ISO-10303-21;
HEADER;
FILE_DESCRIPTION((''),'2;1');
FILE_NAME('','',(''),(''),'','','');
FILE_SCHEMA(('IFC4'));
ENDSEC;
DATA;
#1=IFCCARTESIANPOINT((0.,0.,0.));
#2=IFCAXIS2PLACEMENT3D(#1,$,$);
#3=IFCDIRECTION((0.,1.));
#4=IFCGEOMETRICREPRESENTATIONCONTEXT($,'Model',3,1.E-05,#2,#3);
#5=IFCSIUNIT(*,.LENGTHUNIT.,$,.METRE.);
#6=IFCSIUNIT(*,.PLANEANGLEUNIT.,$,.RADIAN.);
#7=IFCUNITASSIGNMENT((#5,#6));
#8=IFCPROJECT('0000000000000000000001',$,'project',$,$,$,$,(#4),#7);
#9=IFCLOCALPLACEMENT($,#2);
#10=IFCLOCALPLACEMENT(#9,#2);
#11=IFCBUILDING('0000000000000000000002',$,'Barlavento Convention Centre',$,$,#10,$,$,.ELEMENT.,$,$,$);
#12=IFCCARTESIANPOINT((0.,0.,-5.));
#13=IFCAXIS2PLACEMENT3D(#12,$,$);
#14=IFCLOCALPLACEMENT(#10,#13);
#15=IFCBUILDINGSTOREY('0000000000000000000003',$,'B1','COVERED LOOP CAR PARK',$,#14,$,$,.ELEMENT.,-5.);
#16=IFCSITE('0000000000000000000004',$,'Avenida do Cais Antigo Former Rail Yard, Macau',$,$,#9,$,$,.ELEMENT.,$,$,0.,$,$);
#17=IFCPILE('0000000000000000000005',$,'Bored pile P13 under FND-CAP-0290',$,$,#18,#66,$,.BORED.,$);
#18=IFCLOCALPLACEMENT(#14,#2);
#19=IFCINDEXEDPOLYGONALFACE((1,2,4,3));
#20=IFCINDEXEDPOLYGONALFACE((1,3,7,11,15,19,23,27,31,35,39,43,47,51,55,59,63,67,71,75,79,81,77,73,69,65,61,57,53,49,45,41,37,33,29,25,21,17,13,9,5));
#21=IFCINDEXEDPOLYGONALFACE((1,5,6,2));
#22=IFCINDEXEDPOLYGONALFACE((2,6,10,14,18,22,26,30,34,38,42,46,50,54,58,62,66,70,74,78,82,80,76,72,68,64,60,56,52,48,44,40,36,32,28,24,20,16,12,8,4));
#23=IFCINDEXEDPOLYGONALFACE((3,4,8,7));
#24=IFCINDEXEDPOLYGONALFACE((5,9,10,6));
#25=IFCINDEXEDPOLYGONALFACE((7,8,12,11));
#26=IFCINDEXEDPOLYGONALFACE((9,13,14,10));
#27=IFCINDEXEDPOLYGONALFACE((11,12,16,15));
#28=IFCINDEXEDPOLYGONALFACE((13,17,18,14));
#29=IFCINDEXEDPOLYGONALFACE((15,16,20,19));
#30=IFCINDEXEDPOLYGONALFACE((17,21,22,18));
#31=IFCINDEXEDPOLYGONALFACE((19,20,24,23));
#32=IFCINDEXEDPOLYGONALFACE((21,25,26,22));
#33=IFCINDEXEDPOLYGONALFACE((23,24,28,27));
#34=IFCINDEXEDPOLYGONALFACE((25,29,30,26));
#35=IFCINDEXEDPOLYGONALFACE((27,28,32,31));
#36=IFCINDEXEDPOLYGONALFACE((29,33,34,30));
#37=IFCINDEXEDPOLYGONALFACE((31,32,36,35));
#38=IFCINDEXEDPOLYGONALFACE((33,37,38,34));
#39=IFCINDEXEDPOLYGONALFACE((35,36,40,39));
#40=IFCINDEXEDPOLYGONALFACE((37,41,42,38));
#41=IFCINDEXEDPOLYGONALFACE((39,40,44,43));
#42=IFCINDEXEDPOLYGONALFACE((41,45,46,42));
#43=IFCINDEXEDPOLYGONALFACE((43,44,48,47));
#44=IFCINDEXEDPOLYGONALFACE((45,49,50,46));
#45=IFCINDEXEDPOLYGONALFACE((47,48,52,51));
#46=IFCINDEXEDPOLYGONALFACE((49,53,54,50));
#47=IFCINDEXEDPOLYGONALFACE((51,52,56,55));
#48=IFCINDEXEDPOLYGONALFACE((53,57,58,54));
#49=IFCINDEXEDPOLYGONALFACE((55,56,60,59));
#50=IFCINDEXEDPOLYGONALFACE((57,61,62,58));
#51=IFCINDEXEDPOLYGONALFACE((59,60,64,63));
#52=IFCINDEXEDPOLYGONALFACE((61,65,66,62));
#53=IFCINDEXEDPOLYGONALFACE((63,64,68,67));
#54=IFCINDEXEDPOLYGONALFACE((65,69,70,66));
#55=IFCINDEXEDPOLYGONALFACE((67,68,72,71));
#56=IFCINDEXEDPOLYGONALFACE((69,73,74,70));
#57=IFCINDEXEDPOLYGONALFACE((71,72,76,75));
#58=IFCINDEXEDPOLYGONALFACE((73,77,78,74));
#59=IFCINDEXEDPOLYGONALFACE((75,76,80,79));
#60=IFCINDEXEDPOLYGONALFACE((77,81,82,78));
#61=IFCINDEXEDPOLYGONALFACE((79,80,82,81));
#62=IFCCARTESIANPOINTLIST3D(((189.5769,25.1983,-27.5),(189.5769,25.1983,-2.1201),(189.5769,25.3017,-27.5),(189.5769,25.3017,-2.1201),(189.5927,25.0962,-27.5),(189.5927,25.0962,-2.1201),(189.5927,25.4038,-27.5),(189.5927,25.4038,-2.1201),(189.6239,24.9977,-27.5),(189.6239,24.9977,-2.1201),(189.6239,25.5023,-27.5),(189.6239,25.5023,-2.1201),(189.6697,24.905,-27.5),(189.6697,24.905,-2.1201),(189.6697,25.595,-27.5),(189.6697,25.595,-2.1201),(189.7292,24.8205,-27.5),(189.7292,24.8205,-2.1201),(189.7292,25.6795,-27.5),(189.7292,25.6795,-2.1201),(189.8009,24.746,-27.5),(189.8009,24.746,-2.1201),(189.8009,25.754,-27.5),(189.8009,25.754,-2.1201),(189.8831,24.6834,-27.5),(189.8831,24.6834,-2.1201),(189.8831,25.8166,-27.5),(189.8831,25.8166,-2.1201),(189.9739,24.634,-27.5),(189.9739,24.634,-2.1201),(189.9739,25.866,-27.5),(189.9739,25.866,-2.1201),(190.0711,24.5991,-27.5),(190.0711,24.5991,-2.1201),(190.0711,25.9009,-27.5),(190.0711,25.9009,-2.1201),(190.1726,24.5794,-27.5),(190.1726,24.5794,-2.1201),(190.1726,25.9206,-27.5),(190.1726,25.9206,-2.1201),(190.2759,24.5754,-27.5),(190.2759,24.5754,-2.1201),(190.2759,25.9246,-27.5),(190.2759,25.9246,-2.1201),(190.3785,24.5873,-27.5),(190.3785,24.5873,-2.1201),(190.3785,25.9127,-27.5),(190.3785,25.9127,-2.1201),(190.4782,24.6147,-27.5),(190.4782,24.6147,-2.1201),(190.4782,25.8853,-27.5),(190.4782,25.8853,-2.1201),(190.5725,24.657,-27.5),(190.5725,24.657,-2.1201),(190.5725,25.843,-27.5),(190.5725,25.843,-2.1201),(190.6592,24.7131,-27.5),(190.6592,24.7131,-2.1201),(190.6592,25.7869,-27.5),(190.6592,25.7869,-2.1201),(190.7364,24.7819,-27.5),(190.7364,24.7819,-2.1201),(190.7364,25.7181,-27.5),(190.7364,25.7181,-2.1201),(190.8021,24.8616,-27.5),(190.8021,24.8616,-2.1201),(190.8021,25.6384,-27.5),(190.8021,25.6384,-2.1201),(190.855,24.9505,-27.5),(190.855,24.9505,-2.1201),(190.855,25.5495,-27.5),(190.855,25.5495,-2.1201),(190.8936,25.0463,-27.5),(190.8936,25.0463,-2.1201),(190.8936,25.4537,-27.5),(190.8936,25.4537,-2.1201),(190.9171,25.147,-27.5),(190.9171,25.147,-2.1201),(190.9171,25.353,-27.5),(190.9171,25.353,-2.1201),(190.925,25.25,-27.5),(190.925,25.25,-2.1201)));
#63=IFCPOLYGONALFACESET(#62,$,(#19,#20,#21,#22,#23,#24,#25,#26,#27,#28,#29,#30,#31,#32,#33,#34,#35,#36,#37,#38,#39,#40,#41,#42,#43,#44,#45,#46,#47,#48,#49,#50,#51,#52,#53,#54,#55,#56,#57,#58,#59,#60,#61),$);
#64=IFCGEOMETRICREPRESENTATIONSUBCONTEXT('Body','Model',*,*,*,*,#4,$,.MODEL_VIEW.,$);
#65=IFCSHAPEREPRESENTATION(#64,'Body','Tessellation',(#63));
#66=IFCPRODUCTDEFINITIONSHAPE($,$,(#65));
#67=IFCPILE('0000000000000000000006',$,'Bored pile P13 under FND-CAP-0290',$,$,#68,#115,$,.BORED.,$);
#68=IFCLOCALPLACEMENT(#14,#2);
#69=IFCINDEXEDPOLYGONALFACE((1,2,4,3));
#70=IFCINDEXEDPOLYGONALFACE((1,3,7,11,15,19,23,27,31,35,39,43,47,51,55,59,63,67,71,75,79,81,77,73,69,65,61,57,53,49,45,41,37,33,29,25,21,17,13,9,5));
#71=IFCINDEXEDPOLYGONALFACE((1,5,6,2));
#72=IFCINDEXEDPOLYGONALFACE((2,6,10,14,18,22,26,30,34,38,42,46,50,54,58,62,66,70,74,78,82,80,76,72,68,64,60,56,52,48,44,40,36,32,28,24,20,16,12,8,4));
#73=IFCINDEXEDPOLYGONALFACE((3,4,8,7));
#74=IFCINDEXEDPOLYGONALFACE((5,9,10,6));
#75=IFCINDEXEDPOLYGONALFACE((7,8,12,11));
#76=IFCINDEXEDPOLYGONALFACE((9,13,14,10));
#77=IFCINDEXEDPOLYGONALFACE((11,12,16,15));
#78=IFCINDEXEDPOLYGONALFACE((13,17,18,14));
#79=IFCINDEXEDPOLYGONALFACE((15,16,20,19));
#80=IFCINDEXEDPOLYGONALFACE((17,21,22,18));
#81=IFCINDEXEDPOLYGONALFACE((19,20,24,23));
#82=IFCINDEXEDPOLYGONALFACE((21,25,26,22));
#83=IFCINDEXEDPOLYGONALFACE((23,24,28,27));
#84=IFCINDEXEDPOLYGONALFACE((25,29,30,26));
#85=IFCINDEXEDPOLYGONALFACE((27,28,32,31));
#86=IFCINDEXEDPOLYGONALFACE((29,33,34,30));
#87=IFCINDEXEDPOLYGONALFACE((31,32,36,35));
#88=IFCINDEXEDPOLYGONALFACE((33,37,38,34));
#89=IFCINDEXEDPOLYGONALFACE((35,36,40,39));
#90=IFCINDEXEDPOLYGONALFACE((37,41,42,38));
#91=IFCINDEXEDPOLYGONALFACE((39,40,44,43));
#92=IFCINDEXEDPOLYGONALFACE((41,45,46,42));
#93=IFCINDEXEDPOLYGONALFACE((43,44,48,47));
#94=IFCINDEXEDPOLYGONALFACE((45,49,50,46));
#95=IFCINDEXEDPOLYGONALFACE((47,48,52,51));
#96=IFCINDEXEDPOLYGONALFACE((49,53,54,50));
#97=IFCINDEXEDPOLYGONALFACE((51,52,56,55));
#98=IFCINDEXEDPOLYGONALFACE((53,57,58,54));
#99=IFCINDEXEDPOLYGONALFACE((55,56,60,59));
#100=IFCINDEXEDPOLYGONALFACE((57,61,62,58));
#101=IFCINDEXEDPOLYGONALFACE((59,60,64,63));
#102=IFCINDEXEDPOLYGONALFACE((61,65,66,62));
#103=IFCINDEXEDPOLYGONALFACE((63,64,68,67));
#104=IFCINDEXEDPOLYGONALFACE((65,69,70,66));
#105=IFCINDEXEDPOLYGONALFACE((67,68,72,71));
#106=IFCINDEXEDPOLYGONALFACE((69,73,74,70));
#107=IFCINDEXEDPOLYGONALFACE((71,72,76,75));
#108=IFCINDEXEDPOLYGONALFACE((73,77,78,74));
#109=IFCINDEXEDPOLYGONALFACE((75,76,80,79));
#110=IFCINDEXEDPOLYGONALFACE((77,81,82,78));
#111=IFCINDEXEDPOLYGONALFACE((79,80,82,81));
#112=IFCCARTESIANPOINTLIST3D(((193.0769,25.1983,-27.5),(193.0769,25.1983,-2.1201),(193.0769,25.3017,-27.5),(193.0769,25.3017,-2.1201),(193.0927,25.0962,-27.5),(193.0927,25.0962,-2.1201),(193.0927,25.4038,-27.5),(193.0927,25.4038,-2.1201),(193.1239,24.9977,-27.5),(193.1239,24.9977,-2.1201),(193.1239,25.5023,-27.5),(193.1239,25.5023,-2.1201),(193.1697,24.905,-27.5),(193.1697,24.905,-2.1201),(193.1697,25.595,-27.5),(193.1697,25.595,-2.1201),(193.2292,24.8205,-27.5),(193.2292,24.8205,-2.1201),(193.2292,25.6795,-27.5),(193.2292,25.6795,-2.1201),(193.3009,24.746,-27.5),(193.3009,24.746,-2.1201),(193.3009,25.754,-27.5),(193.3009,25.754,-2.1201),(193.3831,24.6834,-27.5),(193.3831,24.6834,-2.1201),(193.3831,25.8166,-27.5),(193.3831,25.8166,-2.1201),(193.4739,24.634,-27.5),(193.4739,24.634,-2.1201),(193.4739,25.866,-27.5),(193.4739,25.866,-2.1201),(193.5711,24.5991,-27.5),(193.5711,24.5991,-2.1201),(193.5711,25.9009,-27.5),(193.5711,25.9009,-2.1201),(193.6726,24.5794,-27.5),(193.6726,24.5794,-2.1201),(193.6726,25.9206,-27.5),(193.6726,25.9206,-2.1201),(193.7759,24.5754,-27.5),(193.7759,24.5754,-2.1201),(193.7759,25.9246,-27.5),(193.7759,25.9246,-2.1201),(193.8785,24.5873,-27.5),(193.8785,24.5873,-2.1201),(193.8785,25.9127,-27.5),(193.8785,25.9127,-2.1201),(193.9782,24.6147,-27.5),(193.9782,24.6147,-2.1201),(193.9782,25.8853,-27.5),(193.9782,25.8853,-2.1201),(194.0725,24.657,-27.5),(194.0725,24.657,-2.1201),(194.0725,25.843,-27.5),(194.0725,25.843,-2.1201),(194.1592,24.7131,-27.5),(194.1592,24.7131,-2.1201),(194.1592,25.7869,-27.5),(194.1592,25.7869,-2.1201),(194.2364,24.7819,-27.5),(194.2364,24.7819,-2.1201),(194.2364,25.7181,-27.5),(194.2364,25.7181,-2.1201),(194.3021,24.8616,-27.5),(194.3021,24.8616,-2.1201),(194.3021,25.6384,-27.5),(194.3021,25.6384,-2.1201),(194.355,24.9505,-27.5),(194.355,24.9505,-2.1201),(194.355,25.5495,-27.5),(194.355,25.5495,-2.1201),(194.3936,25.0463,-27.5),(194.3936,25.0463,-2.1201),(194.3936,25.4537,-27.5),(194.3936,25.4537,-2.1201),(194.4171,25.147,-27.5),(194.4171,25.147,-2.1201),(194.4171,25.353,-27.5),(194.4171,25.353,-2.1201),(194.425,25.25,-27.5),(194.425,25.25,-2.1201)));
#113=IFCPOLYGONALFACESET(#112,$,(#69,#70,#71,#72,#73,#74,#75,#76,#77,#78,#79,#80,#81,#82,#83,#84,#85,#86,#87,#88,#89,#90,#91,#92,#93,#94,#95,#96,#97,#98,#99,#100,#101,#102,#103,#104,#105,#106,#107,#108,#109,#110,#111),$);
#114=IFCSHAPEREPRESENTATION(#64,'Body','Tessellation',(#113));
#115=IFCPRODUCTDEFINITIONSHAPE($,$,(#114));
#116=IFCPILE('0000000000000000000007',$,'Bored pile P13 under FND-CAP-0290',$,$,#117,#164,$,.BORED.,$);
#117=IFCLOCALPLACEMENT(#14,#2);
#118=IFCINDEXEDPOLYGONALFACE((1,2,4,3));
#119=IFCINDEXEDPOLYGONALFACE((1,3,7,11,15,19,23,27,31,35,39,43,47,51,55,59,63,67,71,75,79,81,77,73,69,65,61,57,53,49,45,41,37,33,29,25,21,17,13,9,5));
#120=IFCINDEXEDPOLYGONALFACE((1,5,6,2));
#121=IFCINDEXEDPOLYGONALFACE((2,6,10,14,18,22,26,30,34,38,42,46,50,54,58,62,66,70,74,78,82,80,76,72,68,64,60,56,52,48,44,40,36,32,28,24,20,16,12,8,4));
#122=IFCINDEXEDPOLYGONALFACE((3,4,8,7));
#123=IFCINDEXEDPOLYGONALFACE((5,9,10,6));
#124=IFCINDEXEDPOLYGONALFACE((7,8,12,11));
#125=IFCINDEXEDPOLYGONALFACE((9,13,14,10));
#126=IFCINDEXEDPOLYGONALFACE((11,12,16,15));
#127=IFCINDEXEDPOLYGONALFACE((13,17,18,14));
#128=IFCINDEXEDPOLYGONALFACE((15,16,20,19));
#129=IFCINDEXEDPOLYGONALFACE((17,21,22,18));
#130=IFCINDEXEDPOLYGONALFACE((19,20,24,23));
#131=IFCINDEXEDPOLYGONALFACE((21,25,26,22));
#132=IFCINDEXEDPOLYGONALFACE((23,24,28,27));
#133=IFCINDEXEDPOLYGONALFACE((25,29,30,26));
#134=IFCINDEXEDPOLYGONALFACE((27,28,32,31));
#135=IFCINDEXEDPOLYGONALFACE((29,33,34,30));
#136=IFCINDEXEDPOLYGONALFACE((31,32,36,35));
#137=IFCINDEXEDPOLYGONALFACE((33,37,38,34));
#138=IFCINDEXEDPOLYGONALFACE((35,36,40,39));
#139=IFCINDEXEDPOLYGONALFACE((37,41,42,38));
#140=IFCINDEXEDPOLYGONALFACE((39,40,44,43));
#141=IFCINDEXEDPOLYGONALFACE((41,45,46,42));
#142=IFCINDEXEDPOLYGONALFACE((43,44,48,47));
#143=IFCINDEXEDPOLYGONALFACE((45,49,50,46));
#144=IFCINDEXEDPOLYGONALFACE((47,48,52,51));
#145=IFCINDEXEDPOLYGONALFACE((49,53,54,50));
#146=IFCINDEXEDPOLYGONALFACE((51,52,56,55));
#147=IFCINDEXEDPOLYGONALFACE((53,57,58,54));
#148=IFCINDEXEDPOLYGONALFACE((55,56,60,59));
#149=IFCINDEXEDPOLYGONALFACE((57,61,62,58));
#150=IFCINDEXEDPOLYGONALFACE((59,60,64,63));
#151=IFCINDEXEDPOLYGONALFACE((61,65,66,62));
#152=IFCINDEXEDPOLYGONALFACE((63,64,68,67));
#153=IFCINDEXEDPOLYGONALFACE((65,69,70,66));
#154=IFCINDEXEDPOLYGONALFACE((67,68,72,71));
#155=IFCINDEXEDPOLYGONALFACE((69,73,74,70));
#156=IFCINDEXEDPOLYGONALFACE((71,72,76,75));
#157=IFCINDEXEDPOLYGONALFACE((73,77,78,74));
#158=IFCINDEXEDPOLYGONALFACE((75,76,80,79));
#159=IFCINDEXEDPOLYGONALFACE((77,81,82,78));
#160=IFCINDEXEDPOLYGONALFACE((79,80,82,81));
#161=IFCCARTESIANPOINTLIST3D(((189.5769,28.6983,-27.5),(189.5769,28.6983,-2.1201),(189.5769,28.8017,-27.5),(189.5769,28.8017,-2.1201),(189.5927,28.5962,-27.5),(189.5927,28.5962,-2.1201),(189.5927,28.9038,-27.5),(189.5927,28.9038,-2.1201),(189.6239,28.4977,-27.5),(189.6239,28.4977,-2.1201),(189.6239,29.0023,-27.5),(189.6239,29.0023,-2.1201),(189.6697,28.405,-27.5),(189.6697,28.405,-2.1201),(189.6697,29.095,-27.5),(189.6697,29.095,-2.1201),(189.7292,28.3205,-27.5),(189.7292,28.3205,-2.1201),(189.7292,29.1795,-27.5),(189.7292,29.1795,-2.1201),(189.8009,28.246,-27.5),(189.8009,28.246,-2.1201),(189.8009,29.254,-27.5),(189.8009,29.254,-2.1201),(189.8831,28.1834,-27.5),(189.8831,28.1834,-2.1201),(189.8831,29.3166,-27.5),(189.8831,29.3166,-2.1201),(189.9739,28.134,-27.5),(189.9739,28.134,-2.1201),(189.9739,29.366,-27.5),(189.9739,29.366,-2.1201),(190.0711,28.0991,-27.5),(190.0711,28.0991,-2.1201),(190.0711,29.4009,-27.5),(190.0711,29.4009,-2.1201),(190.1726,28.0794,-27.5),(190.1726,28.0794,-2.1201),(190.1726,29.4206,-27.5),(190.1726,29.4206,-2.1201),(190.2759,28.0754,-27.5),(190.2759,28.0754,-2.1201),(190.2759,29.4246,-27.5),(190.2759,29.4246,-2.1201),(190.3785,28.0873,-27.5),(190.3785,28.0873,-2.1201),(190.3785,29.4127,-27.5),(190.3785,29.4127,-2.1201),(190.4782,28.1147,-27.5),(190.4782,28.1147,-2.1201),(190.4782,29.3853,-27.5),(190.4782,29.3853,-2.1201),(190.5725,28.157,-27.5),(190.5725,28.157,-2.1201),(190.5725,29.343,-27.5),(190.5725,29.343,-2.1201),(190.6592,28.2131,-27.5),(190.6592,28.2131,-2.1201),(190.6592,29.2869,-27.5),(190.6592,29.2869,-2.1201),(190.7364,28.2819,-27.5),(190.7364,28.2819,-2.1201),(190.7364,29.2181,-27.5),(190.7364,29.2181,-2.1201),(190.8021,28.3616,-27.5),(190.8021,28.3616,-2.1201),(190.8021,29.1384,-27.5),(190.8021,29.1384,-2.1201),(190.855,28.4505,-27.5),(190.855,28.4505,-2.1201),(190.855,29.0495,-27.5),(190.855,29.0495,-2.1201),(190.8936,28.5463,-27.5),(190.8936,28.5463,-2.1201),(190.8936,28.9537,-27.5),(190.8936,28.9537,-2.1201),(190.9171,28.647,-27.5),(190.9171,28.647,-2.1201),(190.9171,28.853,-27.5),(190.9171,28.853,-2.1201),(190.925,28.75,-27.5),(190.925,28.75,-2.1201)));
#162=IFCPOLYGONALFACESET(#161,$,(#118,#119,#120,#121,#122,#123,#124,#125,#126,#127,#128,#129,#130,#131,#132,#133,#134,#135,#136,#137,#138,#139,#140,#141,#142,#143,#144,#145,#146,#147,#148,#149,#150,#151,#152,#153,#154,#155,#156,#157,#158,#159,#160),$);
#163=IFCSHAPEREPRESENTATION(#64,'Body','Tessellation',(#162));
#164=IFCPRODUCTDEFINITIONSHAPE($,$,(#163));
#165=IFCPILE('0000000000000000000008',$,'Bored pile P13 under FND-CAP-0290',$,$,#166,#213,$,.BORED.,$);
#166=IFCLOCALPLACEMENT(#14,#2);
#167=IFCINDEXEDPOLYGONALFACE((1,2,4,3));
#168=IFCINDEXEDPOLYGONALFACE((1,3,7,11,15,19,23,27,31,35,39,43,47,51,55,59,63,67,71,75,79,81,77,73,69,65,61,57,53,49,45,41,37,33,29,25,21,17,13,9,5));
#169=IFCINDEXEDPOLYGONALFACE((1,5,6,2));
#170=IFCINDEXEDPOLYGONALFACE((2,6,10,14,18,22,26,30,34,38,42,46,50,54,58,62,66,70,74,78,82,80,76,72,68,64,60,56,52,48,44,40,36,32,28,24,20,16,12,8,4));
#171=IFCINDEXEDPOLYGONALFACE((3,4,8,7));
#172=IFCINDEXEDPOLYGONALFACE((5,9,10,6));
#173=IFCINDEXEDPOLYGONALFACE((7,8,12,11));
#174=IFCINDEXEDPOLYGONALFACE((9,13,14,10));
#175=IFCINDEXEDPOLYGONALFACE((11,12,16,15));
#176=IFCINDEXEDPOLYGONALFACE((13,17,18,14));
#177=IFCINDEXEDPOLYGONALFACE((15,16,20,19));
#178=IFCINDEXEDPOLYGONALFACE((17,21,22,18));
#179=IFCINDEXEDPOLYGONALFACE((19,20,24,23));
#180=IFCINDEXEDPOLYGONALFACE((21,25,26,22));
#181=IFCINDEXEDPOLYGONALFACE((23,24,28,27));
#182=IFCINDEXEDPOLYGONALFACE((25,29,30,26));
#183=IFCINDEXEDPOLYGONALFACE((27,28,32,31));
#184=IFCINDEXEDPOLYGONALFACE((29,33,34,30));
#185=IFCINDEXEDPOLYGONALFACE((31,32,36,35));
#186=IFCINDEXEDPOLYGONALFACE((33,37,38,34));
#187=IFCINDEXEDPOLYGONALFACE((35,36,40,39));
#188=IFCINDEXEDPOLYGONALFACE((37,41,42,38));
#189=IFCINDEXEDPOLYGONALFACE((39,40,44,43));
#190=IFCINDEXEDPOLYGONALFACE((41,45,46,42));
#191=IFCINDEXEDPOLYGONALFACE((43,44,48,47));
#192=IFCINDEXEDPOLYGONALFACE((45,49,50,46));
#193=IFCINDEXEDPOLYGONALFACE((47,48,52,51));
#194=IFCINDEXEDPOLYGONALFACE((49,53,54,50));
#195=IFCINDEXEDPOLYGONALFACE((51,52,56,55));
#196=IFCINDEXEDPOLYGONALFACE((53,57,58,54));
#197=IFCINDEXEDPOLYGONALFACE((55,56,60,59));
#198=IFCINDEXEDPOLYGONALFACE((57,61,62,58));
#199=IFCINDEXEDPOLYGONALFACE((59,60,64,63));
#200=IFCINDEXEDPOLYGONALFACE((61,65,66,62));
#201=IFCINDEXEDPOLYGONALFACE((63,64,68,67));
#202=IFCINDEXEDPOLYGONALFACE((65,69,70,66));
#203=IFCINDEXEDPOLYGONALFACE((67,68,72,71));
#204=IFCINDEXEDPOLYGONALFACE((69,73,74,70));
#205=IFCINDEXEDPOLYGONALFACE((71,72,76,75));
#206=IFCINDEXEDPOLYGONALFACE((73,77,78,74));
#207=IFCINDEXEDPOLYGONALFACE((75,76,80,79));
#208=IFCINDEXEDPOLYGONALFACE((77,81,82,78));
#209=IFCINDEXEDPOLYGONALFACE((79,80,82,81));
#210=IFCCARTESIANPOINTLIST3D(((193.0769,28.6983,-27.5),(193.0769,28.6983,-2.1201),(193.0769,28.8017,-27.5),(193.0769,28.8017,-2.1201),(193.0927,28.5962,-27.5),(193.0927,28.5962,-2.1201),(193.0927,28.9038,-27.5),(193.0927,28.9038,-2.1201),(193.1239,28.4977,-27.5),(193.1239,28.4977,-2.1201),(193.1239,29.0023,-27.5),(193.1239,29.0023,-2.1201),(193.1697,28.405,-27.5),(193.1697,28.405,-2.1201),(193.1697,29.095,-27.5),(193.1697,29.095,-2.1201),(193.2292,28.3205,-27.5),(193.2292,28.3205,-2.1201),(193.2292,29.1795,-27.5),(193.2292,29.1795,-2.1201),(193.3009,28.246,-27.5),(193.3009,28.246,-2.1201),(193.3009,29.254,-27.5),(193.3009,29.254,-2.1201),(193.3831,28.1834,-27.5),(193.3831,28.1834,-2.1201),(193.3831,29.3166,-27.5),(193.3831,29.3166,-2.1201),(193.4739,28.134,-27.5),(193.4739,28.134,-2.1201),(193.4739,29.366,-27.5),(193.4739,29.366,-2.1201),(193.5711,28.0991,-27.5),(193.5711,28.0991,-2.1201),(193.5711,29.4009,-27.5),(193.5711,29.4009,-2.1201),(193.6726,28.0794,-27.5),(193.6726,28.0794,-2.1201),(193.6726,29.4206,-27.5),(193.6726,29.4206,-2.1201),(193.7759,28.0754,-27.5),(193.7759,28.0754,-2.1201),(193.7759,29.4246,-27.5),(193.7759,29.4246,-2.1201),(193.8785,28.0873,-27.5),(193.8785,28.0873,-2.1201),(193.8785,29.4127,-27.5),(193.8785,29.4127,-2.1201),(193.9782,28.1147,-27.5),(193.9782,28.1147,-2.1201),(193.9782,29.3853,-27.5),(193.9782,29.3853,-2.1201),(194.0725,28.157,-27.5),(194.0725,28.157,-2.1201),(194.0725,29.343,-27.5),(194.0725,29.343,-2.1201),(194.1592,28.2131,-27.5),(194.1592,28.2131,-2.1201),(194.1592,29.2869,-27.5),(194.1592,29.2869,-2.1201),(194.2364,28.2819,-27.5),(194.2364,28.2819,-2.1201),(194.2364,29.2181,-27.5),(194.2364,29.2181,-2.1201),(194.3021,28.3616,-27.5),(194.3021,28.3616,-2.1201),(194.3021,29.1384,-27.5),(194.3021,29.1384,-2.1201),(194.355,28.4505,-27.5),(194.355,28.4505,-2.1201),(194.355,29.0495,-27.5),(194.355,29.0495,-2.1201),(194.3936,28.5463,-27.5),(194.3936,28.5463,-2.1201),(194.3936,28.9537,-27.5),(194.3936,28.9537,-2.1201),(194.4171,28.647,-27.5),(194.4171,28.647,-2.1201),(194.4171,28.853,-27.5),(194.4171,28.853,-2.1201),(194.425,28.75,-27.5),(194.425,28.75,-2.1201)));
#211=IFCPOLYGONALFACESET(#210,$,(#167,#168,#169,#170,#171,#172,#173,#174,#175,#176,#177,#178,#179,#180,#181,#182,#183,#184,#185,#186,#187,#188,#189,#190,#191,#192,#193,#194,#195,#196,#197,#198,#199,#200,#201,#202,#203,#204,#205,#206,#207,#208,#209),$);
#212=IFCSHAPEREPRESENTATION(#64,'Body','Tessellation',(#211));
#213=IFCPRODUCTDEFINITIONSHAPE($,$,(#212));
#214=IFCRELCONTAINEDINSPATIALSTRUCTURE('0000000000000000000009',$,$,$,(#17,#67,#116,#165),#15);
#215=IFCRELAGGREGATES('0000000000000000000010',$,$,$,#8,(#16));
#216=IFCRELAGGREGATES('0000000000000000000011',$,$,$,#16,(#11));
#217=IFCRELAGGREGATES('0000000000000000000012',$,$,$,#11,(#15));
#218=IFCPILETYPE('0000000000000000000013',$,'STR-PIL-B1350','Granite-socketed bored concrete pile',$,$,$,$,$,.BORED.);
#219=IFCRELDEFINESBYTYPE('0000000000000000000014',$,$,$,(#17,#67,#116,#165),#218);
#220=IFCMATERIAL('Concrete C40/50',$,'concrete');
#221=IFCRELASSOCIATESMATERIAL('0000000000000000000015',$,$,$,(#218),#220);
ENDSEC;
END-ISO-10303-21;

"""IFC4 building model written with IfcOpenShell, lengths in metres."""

from ifc_helpers import new_model, si_unit, direction, frame, origin, origin_2d, place, context, subcontext, project, spatial, circle, extrude, material, material_profile, profile_set, type_object, element, save


model = new_model("IFC4")

# Units and contexts
model_context = context("Model", 3, precision=1e-05, world=origin(), true_north=direction((0.0, 1.0)))
body_context = subcontext(model_context, "Body", "Model", "MODEL_VIEW")
ifc_project = project(units=[si_unit("LENGTHUNIT", "METRE"), si_unit("PLANEANGLEUNIT", "RADIAN")], contexts=[model_context])

# Site, building, storey
site_placement = place(None, origin())
site = spatial("IfcSite", under=ifc_project, at=site_placement, Name="Avenida do Cais Antigo Former Rail Yard, Macau", CompositionType="ELEMENT", RefElevation=0.0)
building_placement = place(site_placement, origin())
building = spatial("IfcBuilding", under=site, at=building_placement, Name="Barlavento Convention Centre", CompositionType="ELEMENT")
storey_placement = place(building_placement, frame((0.0, 0.0, -5.0)))
storey = spatial("IfcBuildingStorey", under=building, at=storey_placement, Name="B1", Description="COVERED LOOP CAR PARK", CompositionType="ELEMENT", Elevation=-5.0)

# Shared definitions
ifc_material_1 = material(Name="Concrete C40/50", Category="concrete")

# Piles
ifc_material_profile_1 = material_profile(ifc_material_1, circle(Radius=0.675, at=origin_2d()), Name="BORED PILE 1350")
ifc_profile_set_1 = profile_set([ifc_material_profile_1], Name="Concrete C40/50")
pile_type_1 = type_object("IfcPileType", Name="STR-PIL-B1350", Description="Granite-socketed bored concrete pile", PredefinedType="BORED", material=ifc_profile_set_1)
for number, where, z_axis, x_axis, name in (
    (1, (190.25, 25.25, -2.1201), (0.0, 0.0, -1.0), (1.0, 0.0, 0.0), "Bored pile P13 under FND-CAP-0290"),
    (2, (193.75, 25.25, -2.1201), (0.0, 0.0, -1.0), (1.0, 0.0, 0.0), "Bored pile P13 under FND-CAP-0290"),
    (3, (190.25, 28.75, -2.1201), (0.0, 0.0, -1.0), (1.0, 0.0, 0.0), "Bored pile P13 under FND-CAP-0290"),
    (4, (193.75, 28.75, -2.1201), (0.0, 0.0, -1.0), (1.0, 0.0, 0.0), "Bored pile P13 under FND-CAP-0290"),
):
    element("IfcPile", number, at=place(storey_placement, frame(where, z_axis=z_axis, x_axis=x_axis)), inside=storey, type_object=pile_type_1, Name=name, PredefinedType="BORED", context=body_context, shape_type="SweptSolid", body=[
        extrude(circle(Radius=0.675, at=origin_2d()), origin(), (0.0, 0.0, 1.0), 25.3799),
    ])

save(model, "model.ifc")
